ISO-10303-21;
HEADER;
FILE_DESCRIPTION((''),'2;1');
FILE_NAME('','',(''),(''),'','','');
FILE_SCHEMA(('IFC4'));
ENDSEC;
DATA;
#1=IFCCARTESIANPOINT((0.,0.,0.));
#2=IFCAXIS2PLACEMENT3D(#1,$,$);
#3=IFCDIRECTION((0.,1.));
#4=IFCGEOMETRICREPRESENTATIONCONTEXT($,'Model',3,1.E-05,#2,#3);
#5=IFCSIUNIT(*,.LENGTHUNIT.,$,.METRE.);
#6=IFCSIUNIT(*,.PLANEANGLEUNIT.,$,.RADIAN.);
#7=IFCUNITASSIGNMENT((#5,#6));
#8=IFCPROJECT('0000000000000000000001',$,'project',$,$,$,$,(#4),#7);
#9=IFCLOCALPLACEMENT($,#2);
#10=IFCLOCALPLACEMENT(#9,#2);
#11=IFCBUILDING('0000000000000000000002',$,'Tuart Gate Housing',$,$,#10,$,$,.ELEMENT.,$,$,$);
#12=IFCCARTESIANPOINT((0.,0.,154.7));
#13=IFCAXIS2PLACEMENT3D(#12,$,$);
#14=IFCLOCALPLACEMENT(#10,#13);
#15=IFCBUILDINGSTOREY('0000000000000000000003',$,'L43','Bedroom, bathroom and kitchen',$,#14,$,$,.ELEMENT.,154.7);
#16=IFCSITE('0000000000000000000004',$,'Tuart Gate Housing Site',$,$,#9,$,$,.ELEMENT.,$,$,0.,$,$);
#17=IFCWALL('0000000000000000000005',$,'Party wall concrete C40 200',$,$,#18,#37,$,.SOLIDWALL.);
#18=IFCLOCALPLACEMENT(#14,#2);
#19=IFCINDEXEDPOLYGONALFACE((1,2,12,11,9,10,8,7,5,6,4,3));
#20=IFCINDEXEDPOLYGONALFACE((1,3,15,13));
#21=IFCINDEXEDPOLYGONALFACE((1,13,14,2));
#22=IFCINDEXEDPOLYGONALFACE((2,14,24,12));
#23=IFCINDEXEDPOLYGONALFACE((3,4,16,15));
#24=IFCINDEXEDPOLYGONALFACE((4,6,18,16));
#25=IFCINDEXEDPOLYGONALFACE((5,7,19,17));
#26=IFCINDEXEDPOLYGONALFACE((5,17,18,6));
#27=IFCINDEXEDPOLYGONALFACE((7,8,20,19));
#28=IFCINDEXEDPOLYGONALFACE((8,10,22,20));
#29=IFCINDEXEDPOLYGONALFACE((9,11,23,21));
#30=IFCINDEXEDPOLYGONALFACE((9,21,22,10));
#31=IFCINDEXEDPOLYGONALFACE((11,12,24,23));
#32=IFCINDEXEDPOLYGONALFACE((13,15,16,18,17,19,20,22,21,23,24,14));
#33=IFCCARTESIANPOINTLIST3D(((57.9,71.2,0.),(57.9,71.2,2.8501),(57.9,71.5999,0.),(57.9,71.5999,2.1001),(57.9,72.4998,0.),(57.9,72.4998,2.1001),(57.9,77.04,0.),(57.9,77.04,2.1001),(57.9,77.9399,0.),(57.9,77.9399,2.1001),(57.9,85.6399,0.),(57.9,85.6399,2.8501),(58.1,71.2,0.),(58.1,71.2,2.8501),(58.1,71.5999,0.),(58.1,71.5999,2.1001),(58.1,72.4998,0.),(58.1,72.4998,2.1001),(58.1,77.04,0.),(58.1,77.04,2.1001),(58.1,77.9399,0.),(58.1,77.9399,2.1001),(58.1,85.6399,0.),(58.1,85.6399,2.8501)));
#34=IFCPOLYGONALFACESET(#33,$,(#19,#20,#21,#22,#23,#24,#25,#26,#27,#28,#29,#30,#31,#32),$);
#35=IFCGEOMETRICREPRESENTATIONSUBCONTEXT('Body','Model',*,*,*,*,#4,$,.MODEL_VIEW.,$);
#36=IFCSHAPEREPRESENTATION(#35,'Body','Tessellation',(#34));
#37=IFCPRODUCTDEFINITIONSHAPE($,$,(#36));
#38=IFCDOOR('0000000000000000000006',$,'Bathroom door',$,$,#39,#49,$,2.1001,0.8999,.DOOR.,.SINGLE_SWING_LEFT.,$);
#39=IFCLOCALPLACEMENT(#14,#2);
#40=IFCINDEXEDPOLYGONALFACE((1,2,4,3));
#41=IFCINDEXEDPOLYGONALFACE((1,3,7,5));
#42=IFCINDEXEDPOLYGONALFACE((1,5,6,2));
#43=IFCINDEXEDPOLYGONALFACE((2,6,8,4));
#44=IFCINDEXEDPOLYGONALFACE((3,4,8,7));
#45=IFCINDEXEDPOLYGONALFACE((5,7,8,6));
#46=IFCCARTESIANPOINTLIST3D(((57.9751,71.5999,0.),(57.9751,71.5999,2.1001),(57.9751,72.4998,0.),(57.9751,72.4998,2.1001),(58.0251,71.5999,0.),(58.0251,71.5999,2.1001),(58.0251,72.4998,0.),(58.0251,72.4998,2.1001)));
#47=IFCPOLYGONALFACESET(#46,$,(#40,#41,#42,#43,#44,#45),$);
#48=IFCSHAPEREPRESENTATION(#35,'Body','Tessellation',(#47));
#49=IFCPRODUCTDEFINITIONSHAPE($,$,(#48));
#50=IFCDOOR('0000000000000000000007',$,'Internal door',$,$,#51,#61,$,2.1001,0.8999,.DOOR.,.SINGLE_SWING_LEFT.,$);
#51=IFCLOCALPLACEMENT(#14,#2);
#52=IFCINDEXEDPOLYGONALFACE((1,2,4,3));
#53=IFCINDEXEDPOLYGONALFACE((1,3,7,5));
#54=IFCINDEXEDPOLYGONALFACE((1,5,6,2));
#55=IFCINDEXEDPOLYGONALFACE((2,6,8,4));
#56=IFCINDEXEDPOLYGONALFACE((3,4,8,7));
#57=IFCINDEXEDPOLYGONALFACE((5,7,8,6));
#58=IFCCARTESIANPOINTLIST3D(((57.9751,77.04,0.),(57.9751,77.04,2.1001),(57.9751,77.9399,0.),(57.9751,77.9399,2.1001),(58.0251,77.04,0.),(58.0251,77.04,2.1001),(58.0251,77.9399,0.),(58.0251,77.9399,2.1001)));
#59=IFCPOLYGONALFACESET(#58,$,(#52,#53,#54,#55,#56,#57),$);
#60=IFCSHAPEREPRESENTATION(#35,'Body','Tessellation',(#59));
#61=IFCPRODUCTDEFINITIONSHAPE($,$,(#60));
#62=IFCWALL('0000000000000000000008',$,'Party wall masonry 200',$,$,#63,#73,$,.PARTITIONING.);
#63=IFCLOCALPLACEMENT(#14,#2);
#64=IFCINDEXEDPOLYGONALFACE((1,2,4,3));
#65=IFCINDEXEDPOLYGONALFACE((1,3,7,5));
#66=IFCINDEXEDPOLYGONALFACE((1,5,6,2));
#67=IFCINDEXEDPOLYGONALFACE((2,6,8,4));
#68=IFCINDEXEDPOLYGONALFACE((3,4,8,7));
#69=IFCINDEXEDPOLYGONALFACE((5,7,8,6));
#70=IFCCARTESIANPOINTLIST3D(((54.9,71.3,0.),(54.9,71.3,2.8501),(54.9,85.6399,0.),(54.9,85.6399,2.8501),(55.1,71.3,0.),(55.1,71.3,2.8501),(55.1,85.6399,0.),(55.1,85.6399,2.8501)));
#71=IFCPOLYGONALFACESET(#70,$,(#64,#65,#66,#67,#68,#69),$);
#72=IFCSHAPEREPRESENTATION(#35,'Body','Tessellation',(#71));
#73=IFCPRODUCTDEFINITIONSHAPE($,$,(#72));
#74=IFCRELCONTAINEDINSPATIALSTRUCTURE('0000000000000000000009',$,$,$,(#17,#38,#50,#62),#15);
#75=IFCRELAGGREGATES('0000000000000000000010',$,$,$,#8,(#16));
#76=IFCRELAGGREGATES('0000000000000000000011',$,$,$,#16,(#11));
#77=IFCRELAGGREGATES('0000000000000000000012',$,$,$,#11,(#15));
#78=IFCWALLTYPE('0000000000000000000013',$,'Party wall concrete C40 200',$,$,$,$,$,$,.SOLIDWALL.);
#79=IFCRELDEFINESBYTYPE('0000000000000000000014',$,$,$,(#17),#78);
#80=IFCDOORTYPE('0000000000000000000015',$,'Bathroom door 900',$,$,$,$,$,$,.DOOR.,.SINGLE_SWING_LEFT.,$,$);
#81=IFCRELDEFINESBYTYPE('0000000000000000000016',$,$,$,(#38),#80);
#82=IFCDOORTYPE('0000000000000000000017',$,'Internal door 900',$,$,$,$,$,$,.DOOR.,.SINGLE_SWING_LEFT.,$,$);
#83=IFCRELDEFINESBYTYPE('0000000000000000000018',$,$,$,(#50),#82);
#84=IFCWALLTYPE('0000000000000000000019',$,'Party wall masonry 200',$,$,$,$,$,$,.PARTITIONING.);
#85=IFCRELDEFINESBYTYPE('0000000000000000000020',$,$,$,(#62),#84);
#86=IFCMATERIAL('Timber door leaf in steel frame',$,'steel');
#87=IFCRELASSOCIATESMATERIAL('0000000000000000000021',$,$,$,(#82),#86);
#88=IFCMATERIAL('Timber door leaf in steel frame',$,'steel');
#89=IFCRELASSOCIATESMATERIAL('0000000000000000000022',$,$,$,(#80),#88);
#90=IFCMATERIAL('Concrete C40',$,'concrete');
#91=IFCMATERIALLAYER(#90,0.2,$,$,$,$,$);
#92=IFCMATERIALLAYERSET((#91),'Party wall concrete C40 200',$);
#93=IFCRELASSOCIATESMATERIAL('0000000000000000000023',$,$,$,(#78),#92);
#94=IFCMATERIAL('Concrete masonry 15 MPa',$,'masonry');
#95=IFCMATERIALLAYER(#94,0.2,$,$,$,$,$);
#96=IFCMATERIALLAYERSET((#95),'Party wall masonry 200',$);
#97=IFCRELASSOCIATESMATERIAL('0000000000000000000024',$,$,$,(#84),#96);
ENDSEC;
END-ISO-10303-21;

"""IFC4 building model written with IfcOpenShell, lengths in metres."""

from ifc_helpers import new_model, si_unit, direction, frame, frame_2d, origin, place, context, subcontext, project, spatial, rectangle, extrude, material, layer, layer_set, type_object, element, fill, save


model = new_model("IFC4")

# Units and contexts
model_context = context("Model", 3, precision=1e-05, world=origin(), true_north=direction((0.0, 1.0)))
body_context = subcontext(model_context, "Body", "Model", "MODEL_VIEW")
ifc_project = project(units=[si_unit("LENGTHUNIT", "METRE"), si_unit("PLANEANGLEUNIT", "RADIAN")], contexts=[model_context])

# Site, building, storey
site_placement = place(None, origin())
site = spatial("IfcSite", under=ifc_project, at=site_placement, Name="Tuart Gate Housing Site", CompositionType="ELEMENT", RefElevation=0.0)
building_placement = place(site_placement, origin())
building = spatial("IfcBuilding", under=site, at=building_placement, Name="Tuart Gate Housing", CompositionType="ELEMENT")
storey_placement = place(building_placement, frame((0.0, 0.0, 154.7)))
storey = spatial("IfcBuildingStorey", under=building, at=storey_placement, Name="L43", Description="Bedroom, bathroom and kitchen", CompositionType="ELEMENT", Elevation=154.7)

# Shared definitions
ifc_material_1 = material(Name="Timber door leaf in steel frame", Category="steel")
door_type_1 = type_object("IfcDoorType", Name="Internal door 900", OperationType="SINGLE_SWING_LEFT", PredefinedType="DOOR", material=ifc_material_1)

# Shared definitions
ifc_material_2 = material(Name="Timber door leaf in steel frame", Category="steel")
door_type_2 = type_object("IfcDoorType", Name="Bathroom door 900", OperationType="SINGLE_SWING_LEFT", PredefinedType="DOOR", material=ifc_material_2)

# Shared definitions
ifc_material_3 = material(Name="Concrete C40", Category="concrete")
ifc_layer_1 = layer(ifc_material_3, 0.2)
ifc_layer_set_1 = layer_set([ifc_layer_1], Name="Party wall concrete C40 200")
wall_type_1 = type_object("IfcWallType", Name="Party wall concrete C40 200", PredefinedType="SOLIDWALL", material=ifc_layer_set_1)

# Wall, openings, doors
wall_1_placement = place(storey_placement, frame((58.0, 71.2, 0.0), z_axis=(0.0, 0.0, 1.0), x_axis=(0.0, 1.0, 0.0)))
wall_1 = element("IfcWall", 1, at=wall_1_placement, inside=storey, type_object=wall_type_1, Name="Party wall concrete C40 200", PredefinedType="SOLIDWALL", context=body_context, shape_type="SweptSolid", body=[
    extrude(rectangle(XDim=14.4399, YDim=0.2, at=frame_2d((7.22, 0.0))), origin(), (0.0, 0.0, 1.0), 2.8501),
])
opening_1_placement = place(wall_1_placement, frame((5.8401, 0.0, 0.0)))
opening_1 = element("IfcOpeningElement", 2, at=opening_1_placement, cuts=wall_1, PredefinedType="OPENING", context=body_context, shape_type="SweptSolid", body=[
    extrude(rectangle(XDim=0.8999, YDim=2.1001, at=frame_2d((0.45, 1.05))), frame((0.0, 0.1099, 0.0), z_axis=(0.0, -1.0, 0.0), x_axis=(1.0, 0.0, 0.0)), (0.0, 0.0, 1.0), 0.22),
])
opening_2_placement = place(wall_1_placement, frame((0.3999, 0.0, 0.0)))
opening_2 = element("IfcOpeningElement", 3, at=opening_2_placement, cuts=wall_1, PredefinedType="OPENING", context=body_context, shape_type="SweptSolid", body=[
    extrude(rectangle(XDim=0.8999, YDim=2.1001, at=frame_2d((0.45, 1.05))), frame((0.0, 0.1099, 0.0), z_axis=(0.0, -1.0, 0.0), x_axis=(1.0, 0.0, 0.0)), (0.0, 0.0, 1.0), 0.22),
])
door_1_placement = place(opening_2_placement, origin())
door_1 = element("IfcDoor", 4, at=door_1_placement, inside=storey, type_object=door_type_2, Name="Bathroom door", OperationType="SINGLE_SWING_LEFT", OverallHeight=2.1001, OverallWidth=0.8999, PredefinedType="DOOR", context=body_context, shape_type="SweptSolid", body=[
    extrude(rectangle(XDim=0.8999, YDim=2.1001, at=frame_2d((0.45, 1.05))), frame((0.0, 0.0249, 0.0), z_axis=(0.0, -1.0, 0.0), x_axis=(1.0, 0.0, 0.0)), (0.0, 0.0, 1.0), 0.05),
])
fill(opening_2, door_1)
door_2_placement = place(opening_1_placement, origin())
door_2 = element("IfcDoor", 5, at=door_2_placement, inside=storey, type_object=door_type_1, Name="Internal door", OperationType="SINGLE_SWING_LEFT", OverallHeight=2.1001, OverallWidth=0.8999, PredefinedType="DOOR", context=body_context, shape_type="SweptSolid", body=[
    extrude(rectangle(XDim=0.8999, YDim=2.1001, at=frame_2d((0.45, 1.05))), frame((0.0, 0.0249, 0.0), z_axis=(0.0, -1.0, 0.0), x_axis=(1.0, 0.0, 0.0)), (0.0, 0.0, 1.0), 0.05),
])
fill(opening_1, door_2)

# Wall
ifc_material_4 = material(Name="Concrete masonry 15 MPa", Category="masonry")
ifc_layer_2 = layer(ifc_material_4, 0.2)
ifc_layer_set_2 = layer_set([ifc_layer_2], Name="Party wall masonry 200")
wall_type_2 = type_object("IfcWallType", Name="Party wall masonry 200", PredefinedType="PARTITIONING", material=ifc_layer_set_2)
wall_2_placement = place(storey_placement, frame((55.0, 71.3, 0.0), z_axis=(0.0, 0.0, 1.0), x_axis=(0.0, 1.0, 0.0)))
element("IfcWall", 6, at=wall_2_placement, inside=storey, type_object=wall_type_2, Name="Party wall masonry 200", PredefinedType="PARTITIONING", context=body_context, shape_type="SweptSolid", body=[
    extrude(rectangle(XDim=14.3398, YDim=0.2, at=frame_2d((7.1699, 0.0))), origin(), (0.0, 0.0, 1.0), 2.8501),
])

save(model, "model.ifc")
